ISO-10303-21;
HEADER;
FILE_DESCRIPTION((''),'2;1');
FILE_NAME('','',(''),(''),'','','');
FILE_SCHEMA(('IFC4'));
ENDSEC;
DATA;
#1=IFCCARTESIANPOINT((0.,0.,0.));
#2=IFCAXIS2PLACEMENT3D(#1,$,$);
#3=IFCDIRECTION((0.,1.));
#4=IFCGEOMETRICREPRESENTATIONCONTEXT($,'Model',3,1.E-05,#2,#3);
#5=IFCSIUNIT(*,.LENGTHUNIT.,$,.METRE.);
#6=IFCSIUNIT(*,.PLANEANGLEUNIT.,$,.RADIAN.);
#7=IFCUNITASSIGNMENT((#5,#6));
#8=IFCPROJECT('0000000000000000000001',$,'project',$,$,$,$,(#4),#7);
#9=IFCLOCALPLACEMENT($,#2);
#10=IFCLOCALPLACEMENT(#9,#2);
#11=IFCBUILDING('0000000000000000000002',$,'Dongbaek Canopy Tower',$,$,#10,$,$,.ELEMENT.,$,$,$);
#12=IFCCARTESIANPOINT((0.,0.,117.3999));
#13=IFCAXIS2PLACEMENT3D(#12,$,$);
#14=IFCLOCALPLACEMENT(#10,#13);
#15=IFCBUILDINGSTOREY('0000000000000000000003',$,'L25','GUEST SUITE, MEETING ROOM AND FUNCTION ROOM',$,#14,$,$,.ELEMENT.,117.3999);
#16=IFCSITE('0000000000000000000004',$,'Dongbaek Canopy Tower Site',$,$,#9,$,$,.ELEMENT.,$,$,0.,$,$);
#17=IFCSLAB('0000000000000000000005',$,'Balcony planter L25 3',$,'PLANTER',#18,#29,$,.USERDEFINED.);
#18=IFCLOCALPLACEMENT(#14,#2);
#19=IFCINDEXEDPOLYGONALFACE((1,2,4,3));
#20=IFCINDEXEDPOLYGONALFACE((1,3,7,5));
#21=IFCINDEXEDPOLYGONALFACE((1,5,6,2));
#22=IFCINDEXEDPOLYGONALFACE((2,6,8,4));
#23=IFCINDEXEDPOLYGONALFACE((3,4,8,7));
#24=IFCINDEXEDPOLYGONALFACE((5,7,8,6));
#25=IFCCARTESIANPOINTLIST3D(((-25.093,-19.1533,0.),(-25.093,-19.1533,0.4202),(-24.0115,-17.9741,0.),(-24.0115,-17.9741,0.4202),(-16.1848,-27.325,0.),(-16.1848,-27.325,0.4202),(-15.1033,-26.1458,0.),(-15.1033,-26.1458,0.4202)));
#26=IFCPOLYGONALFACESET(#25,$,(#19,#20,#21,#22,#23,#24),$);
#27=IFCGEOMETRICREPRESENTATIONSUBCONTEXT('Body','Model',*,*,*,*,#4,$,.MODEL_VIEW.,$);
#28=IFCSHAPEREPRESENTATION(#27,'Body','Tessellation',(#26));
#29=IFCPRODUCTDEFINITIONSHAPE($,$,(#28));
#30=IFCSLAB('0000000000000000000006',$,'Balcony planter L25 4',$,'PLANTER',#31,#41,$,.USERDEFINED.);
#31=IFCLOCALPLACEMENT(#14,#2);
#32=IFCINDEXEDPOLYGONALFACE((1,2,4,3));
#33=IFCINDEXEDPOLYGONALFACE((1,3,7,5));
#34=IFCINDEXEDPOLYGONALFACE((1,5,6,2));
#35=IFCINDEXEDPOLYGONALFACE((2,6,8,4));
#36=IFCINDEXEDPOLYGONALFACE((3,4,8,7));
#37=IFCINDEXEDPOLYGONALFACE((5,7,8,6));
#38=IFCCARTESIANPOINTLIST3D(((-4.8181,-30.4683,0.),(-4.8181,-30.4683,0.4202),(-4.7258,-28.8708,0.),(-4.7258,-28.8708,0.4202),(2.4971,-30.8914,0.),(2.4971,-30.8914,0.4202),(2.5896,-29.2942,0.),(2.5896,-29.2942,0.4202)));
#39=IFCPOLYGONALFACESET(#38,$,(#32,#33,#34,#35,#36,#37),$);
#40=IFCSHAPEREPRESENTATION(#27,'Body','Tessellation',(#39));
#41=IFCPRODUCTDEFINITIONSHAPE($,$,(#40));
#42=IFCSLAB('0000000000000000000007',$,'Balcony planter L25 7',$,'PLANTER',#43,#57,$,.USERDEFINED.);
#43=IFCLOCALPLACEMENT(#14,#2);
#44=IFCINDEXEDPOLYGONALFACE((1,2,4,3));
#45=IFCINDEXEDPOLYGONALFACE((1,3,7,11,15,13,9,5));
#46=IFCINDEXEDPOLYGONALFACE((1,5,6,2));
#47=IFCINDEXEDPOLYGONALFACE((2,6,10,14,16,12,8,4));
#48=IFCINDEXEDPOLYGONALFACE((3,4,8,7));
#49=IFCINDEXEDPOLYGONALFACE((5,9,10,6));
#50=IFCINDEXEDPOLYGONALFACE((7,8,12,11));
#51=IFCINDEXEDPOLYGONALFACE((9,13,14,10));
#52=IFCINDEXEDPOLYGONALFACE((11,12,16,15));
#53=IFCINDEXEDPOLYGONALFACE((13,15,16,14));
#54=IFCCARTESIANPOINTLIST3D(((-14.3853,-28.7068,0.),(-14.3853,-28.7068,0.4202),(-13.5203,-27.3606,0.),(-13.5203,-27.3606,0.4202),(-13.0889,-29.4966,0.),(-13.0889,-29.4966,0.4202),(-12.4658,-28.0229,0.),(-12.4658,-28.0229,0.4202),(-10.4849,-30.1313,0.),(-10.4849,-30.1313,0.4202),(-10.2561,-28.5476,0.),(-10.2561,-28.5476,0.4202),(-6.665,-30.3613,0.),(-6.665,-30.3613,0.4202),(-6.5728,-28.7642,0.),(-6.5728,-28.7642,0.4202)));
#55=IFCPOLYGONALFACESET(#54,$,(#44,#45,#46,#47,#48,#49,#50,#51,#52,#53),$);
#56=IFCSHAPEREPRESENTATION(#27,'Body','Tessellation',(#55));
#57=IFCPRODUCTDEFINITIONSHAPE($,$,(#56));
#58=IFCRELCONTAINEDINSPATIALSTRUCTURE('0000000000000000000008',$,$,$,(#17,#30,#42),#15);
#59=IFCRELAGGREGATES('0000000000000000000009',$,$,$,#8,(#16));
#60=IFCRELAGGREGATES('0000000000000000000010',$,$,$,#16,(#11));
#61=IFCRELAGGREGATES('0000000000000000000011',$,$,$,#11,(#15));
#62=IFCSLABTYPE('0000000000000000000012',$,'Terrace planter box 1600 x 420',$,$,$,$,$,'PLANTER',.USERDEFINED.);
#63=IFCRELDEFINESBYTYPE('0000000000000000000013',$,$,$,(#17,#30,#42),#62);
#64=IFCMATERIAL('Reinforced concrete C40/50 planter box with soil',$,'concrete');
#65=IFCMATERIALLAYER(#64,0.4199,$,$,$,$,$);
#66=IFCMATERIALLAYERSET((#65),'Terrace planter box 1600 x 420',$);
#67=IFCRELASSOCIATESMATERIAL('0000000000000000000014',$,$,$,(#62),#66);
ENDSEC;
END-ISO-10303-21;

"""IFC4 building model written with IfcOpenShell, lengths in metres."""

from ifc_helpers import new_model, si_unit, direction, frame, origin, place, context, subcontext, project, spatial, polyline, outline, extrude, material, layer, layer_set, type_object, element, save


model = new_model("IFC4")

# Units and contexts
model_context = context("Model", 3, precision=1e-05, world=origin(), true_north=direction((0.0, 1.0)))
body_context = subcontext(model_context, "Body", "Model", "MODEL_VIEW")
ifc_project = project(units=[si_unit("LENGTHUNIT", "METRE"), si_unit("PLANEANGLEUNIT", "RADIAN")], contexts=[model_context])

# Site, building, storey
site_placement = place(None, origin())
site = spatial("IfcSite", under=ifc_project, at=site_placement, Name="Dongbaek Canopy Tower Site", CompositionType="ELEMENT", RefElevation=0.0)
building_placement = place(site_placement, origin())
building = spatial("IfcBuilding", under=site, at=building_placement, Name="Dongbaek Canopy Tower", CompositionType="ELEMENT")
storey_placement = place(building_placement, frame((0.0, 0.0, 117.3999)))
storey = spatial("IfcBuildingStorey", under=building, at=storey_placement, Name="L25", Description="GUEST SUITE, MEETING ROOM AND FUNCTION ROOM", CompositionType="ELEMENT", Elevation=117.3999)

# Slabs
ifc_material_1 = material(Name="Reinforced concrete C40/50 planter box with soil", Category="concrete")
ifc_layer_1 = layer(ifc_material_1, 0.4199)
ifc_layer_set_1 = layer_set([ifc_layer_1], Name="Terrace planter box 1600 x 420")
slab_type_1 = type_object("IfcSlabType", Name="Terrace planter box 1600 x 420", ElementType="PLANTER", PredefinedType="USERDEFINED", material=ifc_layer_set_1)
slab_1_placement = place(storey_placement, origin())
element("IfcSlab", 1, at=slab_1_placement, inside=storey, type_object=slab_type_1, Name="Balcony planter L25 3", ObjectType="PLANTER", PredefinedType="USERDEFINED", context=body_context, shape_type="SweptSolid", body=[
    extrude(outline(polyline([(-24.0115, -17.9741), (-15.1033, -26.1458), (-16.1848, -27.325), (-25.093, -19.1533), (-24.0115, -17.9741)])), origin(), (0.0, 0.0, 1.0), 0.4202),
])
slab_2_placement = place(storey_placement, origin())
element("IfcSlab", 2, at=slab_2_placement, inside=storey, type_object=slab_type_1, Name="Balcony planter L25 4", ObjectType="PLANTER", PredefinedType="USERDEFINED", context=body_context, shape_type="SweptSolid", body=[
    extrude(outline(polyline([(-4.7258, -28.8708), (2.5896, -29.2942), (2.4971, -30.8914), (-4.8181, -30.4683), (-4.7258, -28.8708)])), origin(), (0.0, 0.0, 1.0), 0.4202),
])
slab_3_placement = place(storey_placement, origin())
element("IfcSlab", 3, at=slab_3_placement, inside=storey, type_object=slab_type_1, Name="Balcony planter L25 7", ObjectType="PLANTER", PredefinedType="USERDEFINED", context=body_context, shape_type="SweptSolid", body=[
    extrude(outline(polyline([(-13.5203, -27.3606), (-12.4658, -28.0229), (-10.2561, -28.5476), (-6.5728, -28.7642), (-6.665, -30.3613), (-10.4849, -30.1313), (-13.0889, -29.4966), (-14.3853, -28.7068), (-13.5203, -27.3606)])), origin(), (0.0, 0.0, 1.0), 0.4202),
])

save(model, "model.ifc")
